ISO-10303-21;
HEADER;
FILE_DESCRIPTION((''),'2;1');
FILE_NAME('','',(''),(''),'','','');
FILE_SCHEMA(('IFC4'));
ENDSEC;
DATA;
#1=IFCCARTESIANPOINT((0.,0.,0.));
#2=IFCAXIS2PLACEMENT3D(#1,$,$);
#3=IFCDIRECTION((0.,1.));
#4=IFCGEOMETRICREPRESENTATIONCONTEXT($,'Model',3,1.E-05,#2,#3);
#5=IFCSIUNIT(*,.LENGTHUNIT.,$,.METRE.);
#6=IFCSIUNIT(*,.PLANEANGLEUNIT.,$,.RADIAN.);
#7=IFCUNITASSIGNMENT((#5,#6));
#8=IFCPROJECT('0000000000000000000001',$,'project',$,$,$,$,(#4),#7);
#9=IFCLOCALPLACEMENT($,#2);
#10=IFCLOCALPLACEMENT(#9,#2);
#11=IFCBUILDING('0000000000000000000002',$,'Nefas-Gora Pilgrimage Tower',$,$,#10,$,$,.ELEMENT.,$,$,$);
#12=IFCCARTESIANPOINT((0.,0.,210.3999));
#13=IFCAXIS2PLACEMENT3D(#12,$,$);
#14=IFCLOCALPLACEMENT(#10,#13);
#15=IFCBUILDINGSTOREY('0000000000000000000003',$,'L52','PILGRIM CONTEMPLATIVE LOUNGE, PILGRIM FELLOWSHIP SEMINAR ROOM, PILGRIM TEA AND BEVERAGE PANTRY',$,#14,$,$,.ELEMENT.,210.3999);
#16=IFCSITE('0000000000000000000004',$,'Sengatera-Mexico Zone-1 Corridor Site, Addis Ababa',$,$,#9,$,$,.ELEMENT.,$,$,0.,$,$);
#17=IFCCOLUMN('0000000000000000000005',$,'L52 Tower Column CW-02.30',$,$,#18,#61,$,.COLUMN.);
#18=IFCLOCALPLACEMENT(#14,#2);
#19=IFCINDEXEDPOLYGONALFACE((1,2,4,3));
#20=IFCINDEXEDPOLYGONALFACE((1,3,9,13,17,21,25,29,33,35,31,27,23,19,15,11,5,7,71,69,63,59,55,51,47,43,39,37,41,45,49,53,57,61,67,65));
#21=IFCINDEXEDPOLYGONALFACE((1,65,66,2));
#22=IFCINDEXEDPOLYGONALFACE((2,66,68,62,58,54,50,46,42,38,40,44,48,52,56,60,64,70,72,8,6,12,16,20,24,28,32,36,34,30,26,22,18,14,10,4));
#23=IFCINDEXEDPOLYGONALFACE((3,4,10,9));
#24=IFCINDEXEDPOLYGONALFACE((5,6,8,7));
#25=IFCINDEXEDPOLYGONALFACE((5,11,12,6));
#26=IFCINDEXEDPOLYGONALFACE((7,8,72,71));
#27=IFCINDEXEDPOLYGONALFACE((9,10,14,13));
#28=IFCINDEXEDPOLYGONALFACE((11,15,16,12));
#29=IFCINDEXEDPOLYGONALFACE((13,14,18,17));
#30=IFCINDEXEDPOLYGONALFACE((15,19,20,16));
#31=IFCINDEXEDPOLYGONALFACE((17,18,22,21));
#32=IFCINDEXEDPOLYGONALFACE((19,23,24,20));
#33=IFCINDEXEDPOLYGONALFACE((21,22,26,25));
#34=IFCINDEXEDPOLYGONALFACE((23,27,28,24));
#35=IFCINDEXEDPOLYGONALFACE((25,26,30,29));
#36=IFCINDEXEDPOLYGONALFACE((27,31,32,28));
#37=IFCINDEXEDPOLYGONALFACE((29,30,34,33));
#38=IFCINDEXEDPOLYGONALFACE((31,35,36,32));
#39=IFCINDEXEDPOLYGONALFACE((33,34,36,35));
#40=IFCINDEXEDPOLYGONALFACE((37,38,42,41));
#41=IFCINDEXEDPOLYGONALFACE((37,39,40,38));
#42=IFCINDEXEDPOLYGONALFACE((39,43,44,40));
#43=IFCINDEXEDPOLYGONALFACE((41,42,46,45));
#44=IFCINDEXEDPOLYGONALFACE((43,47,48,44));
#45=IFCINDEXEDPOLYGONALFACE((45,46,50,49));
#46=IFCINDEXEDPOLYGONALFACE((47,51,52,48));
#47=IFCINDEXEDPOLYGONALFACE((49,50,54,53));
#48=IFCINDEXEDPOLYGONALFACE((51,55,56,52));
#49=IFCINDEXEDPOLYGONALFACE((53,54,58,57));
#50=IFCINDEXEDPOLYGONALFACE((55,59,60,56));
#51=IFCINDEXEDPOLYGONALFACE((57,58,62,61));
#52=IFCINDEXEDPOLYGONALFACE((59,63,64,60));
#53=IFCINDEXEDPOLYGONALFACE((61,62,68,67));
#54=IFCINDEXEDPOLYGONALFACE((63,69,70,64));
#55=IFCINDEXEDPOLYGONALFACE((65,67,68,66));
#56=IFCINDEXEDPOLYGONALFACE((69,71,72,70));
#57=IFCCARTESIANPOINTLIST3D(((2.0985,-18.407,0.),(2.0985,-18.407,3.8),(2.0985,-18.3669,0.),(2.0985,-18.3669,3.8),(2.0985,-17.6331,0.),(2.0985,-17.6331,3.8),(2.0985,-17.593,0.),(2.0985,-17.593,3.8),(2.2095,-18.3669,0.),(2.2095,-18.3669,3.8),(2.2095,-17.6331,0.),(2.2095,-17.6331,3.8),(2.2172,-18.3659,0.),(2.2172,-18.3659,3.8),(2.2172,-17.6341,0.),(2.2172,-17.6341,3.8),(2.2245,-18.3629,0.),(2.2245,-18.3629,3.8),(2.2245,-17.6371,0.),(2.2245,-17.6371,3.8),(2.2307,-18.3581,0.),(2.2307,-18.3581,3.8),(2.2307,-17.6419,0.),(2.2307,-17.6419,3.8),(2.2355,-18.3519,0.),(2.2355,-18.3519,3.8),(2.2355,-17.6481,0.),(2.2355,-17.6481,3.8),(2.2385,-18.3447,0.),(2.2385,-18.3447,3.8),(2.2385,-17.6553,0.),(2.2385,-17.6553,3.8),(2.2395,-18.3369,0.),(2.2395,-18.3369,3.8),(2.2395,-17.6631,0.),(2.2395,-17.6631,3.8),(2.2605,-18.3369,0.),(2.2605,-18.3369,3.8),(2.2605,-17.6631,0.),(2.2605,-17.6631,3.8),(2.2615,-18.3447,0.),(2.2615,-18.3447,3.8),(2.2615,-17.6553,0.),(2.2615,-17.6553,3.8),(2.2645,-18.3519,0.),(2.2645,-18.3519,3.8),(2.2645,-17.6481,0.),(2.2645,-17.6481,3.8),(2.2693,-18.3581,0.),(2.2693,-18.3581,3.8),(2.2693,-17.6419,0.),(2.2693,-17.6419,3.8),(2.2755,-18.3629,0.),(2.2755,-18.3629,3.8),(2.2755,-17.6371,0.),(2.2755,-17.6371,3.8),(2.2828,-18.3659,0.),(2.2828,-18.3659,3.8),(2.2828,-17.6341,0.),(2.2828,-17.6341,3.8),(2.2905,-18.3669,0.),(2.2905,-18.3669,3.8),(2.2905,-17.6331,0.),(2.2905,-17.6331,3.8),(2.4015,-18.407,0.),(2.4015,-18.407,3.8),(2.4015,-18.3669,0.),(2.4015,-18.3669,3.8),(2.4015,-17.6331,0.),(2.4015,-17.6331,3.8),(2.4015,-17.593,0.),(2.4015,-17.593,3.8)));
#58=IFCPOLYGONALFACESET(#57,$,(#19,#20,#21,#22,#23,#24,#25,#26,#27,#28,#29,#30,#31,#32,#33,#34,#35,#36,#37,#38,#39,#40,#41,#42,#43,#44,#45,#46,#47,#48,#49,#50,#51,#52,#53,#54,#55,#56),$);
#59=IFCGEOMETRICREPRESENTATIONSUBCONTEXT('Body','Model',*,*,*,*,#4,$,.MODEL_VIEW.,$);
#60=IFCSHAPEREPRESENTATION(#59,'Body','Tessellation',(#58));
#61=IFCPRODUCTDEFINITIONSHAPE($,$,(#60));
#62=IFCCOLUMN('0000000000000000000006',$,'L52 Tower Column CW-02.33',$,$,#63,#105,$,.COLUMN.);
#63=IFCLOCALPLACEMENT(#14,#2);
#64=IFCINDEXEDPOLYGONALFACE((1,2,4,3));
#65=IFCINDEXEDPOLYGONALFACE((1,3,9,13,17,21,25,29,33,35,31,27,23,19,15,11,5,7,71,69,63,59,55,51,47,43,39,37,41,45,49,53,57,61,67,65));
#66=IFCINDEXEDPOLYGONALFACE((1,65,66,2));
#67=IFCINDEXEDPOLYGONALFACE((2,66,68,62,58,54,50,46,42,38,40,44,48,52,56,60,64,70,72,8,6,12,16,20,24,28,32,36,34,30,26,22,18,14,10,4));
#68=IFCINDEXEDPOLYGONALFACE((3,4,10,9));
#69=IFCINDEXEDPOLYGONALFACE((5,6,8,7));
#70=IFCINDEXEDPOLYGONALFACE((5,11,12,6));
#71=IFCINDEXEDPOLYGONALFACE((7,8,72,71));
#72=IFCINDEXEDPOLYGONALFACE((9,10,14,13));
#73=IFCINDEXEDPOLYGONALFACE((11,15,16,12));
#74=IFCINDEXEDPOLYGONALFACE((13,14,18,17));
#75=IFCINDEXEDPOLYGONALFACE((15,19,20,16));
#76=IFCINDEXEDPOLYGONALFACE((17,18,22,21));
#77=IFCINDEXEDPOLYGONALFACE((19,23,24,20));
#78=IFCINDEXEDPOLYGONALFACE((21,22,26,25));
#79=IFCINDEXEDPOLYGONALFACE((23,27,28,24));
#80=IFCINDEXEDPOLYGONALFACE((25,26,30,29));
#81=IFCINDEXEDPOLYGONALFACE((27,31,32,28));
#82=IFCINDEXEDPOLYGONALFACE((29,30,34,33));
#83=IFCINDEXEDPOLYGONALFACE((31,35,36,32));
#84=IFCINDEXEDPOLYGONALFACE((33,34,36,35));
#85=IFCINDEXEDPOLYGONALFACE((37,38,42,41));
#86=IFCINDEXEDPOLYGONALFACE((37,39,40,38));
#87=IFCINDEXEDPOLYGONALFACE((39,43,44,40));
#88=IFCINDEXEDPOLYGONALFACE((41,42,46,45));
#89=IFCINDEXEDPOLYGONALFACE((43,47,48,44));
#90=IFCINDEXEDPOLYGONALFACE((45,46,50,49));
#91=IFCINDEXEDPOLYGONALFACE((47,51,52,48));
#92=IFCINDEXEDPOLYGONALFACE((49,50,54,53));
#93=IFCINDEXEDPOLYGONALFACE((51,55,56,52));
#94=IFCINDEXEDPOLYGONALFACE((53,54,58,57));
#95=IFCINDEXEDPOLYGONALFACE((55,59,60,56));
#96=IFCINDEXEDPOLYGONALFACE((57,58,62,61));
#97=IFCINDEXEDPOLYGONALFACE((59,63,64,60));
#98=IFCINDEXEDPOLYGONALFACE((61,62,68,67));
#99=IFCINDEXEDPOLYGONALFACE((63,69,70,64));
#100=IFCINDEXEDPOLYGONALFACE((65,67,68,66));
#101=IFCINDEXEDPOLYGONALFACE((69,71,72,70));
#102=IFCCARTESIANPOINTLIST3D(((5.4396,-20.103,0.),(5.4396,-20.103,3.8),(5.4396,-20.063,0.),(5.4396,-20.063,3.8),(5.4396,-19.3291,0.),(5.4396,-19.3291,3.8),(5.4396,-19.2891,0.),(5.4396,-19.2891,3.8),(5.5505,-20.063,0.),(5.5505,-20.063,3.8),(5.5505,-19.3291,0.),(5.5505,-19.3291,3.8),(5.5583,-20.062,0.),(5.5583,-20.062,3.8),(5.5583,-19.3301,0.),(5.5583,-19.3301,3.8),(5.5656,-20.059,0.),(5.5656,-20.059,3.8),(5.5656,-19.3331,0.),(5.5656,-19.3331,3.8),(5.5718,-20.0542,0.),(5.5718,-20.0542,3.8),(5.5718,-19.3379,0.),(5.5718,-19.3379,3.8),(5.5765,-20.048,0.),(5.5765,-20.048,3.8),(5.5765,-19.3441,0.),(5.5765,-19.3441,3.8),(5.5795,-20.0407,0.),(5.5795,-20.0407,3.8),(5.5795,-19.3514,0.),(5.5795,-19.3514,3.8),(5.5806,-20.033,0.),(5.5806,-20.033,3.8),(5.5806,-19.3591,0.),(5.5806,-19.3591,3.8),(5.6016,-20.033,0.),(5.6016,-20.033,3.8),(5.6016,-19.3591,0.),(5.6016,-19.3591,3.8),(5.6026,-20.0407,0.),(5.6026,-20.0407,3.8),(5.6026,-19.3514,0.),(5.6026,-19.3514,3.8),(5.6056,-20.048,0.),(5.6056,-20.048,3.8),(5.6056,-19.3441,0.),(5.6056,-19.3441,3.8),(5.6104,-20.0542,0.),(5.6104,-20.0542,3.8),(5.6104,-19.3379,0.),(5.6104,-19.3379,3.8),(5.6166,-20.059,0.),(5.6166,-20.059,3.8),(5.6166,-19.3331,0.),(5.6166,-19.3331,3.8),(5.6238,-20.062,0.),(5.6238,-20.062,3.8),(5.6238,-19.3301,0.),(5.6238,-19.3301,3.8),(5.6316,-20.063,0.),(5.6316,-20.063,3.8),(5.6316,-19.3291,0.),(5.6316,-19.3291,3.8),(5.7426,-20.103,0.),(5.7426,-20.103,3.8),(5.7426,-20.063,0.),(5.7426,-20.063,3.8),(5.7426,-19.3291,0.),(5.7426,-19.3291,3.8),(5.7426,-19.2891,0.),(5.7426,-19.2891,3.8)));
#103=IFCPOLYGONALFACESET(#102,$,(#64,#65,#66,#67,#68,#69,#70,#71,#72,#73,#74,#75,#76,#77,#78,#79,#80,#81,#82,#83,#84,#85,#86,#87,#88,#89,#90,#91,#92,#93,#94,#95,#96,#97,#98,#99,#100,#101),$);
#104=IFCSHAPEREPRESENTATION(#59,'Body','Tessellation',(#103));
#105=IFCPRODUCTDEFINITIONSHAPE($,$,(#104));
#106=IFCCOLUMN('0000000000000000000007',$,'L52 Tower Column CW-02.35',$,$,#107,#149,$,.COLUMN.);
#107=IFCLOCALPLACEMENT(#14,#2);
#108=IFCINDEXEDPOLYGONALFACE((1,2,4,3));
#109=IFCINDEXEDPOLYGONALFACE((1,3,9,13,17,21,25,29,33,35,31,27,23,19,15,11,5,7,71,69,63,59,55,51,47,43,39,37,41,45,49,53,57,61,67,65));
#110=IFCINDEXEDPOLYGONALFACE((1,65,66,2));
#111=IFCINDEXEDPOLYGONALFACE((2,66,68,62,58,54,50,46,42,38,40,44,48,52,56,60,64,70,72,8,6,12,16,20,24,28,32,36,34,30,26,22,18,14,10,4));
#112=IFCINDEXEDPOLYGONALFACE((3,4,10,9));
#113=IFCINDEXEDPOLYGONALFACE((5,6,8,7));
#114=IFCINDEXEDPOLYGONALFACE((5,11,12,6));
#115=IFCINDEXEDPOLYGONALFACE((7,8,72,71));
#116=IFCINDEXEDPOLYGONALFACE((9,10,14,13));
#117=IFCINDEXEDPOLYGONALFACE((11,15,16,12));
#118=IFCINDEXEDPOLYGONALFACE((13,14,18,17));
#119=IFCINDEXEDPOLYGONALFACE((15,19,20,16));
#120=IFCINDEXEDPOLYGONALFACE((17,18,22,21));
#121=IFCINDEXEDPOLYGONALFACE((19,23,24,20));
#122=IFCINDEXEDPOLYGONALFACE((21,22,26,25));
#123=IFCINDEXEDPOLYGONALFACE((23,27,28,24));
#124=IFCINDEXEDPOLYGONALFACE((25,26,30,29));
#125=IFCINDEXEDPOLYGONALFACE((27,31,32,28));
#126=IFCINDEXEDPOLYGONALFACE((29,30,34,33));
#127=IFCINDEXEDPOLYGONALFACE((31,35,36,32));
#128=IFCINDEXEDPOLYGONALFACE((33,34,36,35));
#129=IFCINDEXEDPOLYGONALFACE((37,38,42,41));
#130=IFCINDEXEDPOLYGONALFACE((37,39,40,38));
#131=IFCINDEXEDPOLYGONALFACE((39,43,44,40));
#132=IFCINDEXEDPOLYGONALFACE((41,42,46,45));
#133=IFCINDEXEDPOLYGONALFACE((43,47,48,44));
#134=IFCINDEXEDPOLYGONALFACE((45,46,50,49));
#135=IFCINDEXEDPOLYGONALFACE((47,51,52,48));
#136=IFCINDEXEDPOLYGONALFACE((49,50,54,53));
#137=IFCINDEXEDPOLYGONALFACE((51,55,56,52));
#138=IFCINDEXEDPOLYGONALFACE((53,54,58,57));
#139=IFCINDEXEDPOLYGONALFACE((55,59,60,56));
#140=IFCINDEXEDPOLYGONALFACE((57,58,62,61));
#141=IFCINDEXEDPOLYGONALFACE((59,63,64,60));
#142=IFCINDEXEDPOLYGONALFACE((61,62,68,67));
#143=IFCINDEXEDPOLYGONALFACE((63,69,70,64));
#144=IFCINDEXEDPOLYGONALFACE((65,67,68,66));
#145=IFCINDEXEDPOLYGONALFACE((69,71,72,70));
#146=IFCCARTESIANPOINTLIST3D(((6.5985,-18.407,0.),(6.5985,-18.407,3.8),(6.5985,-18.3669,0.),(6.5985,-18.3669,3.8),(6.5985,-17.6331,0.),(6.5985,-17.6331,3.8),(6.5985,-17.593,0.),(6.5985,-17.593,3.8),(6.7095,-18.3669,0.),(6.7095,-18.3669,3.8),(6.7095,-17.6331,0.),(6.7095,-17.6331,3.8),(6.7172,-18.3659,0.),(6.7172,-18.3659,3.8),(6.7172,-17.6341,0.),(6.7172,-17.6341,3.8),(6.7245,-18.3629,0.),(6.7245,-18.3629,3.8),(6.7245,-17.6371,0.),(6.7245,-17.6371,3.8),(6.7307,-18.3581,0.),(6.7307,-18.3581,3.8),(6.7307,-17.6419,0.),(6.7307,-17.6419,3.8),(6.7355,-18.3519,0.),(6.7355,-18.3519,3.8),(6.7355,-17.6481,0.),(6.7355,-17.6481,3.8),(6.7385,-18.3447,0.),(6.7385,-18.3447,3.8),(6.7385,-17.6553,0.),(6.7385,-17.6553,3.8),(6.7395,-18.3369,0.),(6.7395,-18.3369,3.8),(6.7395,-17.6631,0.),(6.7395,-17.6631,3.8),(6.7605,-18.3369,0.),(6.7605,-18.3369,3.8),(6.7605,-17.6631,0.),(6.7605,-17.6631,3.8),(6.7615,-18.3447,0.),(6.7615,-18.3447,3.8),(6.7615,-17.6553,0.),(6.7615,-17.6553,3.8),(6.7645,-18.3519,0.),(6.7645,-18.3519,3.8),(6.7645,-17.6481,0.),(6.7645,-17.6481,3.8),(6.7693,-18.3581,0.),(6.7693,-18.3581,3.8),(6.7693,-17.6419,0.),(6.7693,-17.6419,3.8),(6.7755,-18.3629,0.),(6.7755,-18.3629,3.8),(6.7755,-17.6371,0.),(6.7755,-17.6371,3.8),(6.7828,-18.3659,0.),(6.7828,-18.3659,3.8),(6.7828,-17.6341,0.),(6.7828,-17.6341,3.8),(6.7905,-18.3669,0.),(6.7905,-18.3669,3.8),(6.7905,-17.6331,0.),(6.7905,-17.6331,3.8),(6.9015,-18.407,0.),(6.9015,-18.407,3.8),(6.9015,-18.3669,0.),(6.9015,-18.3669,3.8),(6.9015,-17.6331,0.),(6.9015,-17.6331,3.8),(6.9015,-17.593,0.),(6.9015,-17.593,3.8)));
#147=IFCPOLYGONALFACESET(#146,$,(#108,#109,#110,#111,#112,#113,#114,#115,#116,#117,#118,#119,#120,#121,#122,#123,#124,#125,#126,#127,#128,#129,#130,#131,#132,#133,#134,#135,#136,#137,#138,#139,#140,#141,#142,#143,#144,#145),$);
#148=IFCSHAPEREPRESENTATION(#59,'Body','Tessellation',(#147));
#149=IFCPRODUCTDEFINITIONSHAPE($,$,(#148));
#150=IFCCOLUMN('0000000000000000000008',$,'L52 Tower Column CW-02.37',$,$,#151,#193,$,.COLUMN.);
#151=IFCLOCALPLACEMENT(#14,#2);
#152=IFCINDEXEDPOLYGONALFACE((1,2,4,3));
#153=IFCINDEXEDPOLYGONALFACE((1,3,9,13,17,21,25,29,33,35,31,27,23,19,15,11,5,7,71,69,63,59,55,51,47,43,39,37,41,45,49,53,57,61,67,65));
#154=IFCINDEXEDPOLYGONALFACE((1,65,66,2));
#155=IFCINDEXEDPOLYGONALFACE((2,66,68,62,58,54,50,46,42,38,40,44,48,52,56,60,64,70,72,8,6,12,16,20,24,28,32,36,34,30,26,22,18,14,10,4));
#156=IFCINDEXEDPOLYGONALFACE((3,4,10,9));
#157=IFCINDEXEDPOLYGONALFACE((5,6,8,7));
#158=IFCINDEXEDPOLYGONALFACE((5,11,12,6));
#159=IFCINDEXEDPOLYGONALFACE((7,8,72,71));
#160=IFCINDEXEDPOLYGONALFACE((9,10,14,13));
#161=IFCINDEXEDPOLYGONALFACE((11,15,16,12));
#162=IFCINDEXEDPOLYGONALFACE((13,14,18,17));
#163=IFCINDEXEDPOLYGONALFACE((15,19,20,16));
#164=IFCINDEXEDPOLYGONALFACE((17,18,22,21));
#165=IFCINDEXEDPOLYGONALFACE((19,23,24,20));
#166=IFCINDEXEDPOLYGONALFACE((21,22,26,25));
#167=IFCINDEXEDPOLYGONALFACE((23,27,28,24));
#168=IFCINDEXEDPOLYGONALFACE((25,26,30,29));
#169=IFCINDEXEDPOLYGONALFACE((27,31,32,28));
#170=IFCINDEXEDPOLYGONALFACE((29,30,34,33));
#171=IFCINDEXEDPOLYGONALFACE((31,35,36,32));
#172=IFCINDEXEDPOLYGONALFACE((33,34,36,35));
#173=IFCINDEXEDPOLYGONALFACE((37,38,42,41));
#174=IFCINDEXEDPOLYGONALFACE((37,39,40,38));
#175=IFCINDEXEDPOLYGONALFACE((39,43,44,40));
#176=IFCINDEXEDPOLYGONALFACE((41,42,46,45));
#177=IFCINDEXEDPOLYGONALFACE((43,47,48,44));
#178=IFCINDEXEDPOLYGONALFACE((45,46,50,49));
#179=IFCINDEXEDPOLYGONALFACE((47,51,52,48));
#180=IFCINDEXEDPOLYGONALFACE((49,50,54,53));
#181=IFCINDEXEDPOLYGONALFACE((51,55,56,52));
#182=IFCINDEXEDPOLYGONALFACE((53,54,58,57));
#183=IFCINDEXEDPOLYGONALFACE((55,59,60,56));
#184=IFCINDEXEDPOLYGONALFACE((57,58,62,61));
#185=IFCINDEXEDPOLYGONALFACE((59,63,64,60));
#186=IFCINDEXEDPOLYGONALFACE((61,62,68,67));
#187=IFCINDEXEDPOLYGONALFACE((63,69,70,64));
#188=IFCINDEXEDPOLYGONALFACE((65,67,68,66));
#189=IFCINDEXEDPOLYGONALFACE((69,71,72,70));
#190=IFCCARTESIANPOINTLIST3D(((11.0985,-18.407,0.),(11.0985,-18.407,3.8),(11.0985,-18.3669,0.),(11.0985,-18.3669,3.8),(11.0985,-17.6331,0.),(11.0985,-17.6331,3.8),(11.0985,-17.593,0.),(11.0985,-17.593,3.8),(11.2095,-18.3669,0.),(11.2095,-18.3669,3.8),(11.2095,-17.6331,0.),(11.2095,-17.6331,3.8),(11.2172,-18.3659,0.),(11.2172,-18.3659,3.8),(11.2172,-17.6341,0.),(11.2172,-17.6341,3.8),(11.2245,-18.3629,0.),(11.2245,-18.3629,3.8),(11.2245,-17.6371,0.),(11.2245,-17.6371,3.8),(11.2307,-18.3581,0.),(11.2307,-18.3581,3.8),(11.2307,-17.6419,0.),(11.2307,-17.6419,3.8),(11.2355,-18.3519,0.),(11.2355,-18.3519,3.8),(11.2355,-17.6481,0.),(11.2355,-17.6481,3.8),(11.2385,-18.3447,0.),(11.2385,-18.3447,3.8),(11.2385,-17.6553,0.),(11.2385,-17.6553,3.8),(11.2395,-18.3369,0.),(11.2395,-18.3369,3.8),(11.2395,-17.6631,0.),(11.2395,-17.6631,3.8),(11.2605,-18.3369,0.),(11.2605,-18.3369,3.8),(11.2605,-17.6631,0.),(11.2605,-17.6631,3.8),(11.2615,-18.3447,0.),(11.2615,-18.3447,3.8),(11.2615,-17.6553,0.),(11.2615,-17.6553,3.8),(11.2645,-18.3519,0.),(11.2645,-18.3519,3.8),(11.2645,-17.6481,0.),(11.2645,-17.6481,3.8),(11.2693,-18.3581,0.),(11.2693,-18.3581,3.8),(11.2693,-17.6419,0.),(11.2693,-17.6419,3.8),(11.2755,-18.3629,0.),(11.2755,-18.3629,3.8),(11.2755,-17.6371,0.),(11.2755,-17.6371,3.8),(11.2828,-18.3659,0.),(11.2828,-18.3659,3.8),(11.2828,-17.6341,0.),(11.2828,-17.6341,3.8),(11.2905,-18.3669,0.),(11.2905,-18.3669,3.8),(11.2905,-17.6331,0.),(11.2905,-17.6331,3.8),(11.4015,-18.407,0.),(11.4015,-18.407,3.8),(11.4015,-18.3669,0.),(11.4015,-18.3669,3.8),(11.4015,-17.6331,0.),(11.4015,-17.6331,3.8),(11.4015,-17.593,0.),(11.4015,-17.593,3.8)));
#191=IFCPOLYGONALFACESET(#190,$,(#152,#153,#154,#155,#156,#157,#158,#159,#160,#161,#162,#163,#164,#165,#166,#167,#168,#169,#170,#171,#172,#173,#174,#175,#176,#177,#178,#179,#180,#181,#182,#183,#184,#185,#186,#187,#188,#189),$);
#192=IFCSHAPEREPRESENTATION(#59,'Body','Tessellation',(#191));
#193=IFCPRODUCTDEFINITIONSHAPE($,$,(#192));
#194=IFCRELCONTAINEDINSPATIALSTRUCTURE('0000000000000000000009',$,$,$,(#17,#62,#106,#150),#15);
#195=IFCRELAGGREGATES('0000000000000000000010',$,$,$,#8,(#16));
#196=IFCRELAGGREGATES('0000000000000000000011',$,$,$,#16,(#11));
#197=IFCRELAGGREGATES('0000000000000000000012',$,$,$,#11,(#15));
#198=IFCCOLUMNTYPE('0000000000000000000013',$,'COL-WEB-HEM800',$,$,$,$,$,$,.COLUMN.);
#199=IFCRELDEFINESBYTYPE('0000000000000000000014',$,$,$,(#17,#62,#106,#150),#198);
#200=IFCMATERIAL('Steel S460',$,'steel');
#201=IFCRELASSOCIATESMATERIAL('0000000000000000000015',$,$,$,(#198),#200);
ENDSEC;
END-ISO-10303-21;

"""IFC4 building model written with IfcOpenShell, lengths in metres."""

from ifc_helpers import new_model, si_unit, direction, frame, origin, origin_2d, place, context, subcontext, project, spatial, i_section, extrude, source, transform, mapped, material, material_profile, profile_set, type_object, element, save


model = new_model("IFC4")

# Units and contexts
model_context = context("Model", 3, precision=1e-05, world=origin(), true_north=direction((0.0, 1.0)))
body_context = subcontext(model_context, "Body", "Model", "MODEL_VIEW")
ifc_project = project(units=[si_unit("LENGTHUNIT", "METRE"), si_unit("PLANEANGLEUNIT", "RADIAN")], contexts=[model_context])

# Site, building, storey
site_placement = place(None, origin())
site = spatial("IfcSite", under=ifc_project, at=site_placement, Name="Sengatera-Mexico Zone-1 Corridor Site, Addis Ababa", CompositionType="ELEMENT", RefElevation=0.0)
building_placement = place(site_placement, origin())
building = spatial("IfcBuilding", under=site, at=building_placement, Name="Nefas-Gora Pilgrimage Tower", CompositionType="ELEMENT")
storey_placement = place(building_placement, frame((0.0, 0.0, 210.3999)))
storey = spatial("IfcBuildingStorey", under=building, at=storey_placement, Name="L52", Description="PILGRIM CONTEMPLATIVE LOUNGE, PILGRIM FELLOWSHIP SEMINAR ROOM, PILGRIM TEA AND BEVERAGE PANTRY", CompositionType="ELEMENT", Elevation=210.3999)

# Columns
ifc_material_1 = material(Name="Steel S460", Category="steel")
ifc_material_profile_1 = material_profile(ifc_material_1, i_section(OverallWidth=0.303, OverallDepth=0.814, WebThickness=0.021, FlangeThickness=0.04, FilletRadius=0.03, at=origin_2d()), Name="HEM 800")
ifc_profile_set_1 = profile_set([ifc_material_profile_1], Name="Steel S460")
column_type_1 = type_object("IfcColumnType", Name="COL-WEB-HEM800", PredefinedType="COLUMN", material=ifc_profile_set_1)
shared_shape_1 = source(origin(), body_context, "Body", "SweptSolid", [
    extrude(i_section(OverallWidth=0.303, OverallDepth=0.814, WebThickness=0.021, FlangeThickness=0.04, FilletRadius=0.03, at=origin_2d()), origin(), (0.0, 0.0, 1.0), 3.8),
])
for number, where, z_axis, x_axis, name in (
    (1, (2.25, -18.0, 0.0), (0.0, 0.0, 1.0), (1.0, 0.0, 0.0), "L52 Tower Column CW-02.30"),
    (2, (5.5911, -19.696, 0.0), (0.0, 0.0, 1.0), (1.0, 0.0, 0.0), "L52 Tower Column CW-02.33"),
    (3, (6.75, -18.0, 0.0), (0.0, 0.0, 1.0), (1.0, 0.0, 0.0), "L52 Tower Column CW-02.35"),
    (4, (11.25, -18.0, 0.0), (0.0, 0.0, 1.0), (1.0, 0.0, 0.0), "L52 Tower Column CW-02.37"),
):
    element("IfcColumn", number, at=place(storey_placement, frame(where, z_axis=z_axis, x_axis=x_axis)), inside=storey, type_object=column_type_1, Name=name, PredefinedType="COLUMN", context=body_context, shape_type="MappedRepresentation", body=[
        mapped(shared_shape_1, transform((0.0, 0.0, 0.0), x_axis=(1.0, 0.0, 0.0), y_axis=(0.0, 1.0, 0.0), z_axis=(0.0, 0.0, 1.0), scale=1.0)),
    ])

save(model, "model.ifc")
